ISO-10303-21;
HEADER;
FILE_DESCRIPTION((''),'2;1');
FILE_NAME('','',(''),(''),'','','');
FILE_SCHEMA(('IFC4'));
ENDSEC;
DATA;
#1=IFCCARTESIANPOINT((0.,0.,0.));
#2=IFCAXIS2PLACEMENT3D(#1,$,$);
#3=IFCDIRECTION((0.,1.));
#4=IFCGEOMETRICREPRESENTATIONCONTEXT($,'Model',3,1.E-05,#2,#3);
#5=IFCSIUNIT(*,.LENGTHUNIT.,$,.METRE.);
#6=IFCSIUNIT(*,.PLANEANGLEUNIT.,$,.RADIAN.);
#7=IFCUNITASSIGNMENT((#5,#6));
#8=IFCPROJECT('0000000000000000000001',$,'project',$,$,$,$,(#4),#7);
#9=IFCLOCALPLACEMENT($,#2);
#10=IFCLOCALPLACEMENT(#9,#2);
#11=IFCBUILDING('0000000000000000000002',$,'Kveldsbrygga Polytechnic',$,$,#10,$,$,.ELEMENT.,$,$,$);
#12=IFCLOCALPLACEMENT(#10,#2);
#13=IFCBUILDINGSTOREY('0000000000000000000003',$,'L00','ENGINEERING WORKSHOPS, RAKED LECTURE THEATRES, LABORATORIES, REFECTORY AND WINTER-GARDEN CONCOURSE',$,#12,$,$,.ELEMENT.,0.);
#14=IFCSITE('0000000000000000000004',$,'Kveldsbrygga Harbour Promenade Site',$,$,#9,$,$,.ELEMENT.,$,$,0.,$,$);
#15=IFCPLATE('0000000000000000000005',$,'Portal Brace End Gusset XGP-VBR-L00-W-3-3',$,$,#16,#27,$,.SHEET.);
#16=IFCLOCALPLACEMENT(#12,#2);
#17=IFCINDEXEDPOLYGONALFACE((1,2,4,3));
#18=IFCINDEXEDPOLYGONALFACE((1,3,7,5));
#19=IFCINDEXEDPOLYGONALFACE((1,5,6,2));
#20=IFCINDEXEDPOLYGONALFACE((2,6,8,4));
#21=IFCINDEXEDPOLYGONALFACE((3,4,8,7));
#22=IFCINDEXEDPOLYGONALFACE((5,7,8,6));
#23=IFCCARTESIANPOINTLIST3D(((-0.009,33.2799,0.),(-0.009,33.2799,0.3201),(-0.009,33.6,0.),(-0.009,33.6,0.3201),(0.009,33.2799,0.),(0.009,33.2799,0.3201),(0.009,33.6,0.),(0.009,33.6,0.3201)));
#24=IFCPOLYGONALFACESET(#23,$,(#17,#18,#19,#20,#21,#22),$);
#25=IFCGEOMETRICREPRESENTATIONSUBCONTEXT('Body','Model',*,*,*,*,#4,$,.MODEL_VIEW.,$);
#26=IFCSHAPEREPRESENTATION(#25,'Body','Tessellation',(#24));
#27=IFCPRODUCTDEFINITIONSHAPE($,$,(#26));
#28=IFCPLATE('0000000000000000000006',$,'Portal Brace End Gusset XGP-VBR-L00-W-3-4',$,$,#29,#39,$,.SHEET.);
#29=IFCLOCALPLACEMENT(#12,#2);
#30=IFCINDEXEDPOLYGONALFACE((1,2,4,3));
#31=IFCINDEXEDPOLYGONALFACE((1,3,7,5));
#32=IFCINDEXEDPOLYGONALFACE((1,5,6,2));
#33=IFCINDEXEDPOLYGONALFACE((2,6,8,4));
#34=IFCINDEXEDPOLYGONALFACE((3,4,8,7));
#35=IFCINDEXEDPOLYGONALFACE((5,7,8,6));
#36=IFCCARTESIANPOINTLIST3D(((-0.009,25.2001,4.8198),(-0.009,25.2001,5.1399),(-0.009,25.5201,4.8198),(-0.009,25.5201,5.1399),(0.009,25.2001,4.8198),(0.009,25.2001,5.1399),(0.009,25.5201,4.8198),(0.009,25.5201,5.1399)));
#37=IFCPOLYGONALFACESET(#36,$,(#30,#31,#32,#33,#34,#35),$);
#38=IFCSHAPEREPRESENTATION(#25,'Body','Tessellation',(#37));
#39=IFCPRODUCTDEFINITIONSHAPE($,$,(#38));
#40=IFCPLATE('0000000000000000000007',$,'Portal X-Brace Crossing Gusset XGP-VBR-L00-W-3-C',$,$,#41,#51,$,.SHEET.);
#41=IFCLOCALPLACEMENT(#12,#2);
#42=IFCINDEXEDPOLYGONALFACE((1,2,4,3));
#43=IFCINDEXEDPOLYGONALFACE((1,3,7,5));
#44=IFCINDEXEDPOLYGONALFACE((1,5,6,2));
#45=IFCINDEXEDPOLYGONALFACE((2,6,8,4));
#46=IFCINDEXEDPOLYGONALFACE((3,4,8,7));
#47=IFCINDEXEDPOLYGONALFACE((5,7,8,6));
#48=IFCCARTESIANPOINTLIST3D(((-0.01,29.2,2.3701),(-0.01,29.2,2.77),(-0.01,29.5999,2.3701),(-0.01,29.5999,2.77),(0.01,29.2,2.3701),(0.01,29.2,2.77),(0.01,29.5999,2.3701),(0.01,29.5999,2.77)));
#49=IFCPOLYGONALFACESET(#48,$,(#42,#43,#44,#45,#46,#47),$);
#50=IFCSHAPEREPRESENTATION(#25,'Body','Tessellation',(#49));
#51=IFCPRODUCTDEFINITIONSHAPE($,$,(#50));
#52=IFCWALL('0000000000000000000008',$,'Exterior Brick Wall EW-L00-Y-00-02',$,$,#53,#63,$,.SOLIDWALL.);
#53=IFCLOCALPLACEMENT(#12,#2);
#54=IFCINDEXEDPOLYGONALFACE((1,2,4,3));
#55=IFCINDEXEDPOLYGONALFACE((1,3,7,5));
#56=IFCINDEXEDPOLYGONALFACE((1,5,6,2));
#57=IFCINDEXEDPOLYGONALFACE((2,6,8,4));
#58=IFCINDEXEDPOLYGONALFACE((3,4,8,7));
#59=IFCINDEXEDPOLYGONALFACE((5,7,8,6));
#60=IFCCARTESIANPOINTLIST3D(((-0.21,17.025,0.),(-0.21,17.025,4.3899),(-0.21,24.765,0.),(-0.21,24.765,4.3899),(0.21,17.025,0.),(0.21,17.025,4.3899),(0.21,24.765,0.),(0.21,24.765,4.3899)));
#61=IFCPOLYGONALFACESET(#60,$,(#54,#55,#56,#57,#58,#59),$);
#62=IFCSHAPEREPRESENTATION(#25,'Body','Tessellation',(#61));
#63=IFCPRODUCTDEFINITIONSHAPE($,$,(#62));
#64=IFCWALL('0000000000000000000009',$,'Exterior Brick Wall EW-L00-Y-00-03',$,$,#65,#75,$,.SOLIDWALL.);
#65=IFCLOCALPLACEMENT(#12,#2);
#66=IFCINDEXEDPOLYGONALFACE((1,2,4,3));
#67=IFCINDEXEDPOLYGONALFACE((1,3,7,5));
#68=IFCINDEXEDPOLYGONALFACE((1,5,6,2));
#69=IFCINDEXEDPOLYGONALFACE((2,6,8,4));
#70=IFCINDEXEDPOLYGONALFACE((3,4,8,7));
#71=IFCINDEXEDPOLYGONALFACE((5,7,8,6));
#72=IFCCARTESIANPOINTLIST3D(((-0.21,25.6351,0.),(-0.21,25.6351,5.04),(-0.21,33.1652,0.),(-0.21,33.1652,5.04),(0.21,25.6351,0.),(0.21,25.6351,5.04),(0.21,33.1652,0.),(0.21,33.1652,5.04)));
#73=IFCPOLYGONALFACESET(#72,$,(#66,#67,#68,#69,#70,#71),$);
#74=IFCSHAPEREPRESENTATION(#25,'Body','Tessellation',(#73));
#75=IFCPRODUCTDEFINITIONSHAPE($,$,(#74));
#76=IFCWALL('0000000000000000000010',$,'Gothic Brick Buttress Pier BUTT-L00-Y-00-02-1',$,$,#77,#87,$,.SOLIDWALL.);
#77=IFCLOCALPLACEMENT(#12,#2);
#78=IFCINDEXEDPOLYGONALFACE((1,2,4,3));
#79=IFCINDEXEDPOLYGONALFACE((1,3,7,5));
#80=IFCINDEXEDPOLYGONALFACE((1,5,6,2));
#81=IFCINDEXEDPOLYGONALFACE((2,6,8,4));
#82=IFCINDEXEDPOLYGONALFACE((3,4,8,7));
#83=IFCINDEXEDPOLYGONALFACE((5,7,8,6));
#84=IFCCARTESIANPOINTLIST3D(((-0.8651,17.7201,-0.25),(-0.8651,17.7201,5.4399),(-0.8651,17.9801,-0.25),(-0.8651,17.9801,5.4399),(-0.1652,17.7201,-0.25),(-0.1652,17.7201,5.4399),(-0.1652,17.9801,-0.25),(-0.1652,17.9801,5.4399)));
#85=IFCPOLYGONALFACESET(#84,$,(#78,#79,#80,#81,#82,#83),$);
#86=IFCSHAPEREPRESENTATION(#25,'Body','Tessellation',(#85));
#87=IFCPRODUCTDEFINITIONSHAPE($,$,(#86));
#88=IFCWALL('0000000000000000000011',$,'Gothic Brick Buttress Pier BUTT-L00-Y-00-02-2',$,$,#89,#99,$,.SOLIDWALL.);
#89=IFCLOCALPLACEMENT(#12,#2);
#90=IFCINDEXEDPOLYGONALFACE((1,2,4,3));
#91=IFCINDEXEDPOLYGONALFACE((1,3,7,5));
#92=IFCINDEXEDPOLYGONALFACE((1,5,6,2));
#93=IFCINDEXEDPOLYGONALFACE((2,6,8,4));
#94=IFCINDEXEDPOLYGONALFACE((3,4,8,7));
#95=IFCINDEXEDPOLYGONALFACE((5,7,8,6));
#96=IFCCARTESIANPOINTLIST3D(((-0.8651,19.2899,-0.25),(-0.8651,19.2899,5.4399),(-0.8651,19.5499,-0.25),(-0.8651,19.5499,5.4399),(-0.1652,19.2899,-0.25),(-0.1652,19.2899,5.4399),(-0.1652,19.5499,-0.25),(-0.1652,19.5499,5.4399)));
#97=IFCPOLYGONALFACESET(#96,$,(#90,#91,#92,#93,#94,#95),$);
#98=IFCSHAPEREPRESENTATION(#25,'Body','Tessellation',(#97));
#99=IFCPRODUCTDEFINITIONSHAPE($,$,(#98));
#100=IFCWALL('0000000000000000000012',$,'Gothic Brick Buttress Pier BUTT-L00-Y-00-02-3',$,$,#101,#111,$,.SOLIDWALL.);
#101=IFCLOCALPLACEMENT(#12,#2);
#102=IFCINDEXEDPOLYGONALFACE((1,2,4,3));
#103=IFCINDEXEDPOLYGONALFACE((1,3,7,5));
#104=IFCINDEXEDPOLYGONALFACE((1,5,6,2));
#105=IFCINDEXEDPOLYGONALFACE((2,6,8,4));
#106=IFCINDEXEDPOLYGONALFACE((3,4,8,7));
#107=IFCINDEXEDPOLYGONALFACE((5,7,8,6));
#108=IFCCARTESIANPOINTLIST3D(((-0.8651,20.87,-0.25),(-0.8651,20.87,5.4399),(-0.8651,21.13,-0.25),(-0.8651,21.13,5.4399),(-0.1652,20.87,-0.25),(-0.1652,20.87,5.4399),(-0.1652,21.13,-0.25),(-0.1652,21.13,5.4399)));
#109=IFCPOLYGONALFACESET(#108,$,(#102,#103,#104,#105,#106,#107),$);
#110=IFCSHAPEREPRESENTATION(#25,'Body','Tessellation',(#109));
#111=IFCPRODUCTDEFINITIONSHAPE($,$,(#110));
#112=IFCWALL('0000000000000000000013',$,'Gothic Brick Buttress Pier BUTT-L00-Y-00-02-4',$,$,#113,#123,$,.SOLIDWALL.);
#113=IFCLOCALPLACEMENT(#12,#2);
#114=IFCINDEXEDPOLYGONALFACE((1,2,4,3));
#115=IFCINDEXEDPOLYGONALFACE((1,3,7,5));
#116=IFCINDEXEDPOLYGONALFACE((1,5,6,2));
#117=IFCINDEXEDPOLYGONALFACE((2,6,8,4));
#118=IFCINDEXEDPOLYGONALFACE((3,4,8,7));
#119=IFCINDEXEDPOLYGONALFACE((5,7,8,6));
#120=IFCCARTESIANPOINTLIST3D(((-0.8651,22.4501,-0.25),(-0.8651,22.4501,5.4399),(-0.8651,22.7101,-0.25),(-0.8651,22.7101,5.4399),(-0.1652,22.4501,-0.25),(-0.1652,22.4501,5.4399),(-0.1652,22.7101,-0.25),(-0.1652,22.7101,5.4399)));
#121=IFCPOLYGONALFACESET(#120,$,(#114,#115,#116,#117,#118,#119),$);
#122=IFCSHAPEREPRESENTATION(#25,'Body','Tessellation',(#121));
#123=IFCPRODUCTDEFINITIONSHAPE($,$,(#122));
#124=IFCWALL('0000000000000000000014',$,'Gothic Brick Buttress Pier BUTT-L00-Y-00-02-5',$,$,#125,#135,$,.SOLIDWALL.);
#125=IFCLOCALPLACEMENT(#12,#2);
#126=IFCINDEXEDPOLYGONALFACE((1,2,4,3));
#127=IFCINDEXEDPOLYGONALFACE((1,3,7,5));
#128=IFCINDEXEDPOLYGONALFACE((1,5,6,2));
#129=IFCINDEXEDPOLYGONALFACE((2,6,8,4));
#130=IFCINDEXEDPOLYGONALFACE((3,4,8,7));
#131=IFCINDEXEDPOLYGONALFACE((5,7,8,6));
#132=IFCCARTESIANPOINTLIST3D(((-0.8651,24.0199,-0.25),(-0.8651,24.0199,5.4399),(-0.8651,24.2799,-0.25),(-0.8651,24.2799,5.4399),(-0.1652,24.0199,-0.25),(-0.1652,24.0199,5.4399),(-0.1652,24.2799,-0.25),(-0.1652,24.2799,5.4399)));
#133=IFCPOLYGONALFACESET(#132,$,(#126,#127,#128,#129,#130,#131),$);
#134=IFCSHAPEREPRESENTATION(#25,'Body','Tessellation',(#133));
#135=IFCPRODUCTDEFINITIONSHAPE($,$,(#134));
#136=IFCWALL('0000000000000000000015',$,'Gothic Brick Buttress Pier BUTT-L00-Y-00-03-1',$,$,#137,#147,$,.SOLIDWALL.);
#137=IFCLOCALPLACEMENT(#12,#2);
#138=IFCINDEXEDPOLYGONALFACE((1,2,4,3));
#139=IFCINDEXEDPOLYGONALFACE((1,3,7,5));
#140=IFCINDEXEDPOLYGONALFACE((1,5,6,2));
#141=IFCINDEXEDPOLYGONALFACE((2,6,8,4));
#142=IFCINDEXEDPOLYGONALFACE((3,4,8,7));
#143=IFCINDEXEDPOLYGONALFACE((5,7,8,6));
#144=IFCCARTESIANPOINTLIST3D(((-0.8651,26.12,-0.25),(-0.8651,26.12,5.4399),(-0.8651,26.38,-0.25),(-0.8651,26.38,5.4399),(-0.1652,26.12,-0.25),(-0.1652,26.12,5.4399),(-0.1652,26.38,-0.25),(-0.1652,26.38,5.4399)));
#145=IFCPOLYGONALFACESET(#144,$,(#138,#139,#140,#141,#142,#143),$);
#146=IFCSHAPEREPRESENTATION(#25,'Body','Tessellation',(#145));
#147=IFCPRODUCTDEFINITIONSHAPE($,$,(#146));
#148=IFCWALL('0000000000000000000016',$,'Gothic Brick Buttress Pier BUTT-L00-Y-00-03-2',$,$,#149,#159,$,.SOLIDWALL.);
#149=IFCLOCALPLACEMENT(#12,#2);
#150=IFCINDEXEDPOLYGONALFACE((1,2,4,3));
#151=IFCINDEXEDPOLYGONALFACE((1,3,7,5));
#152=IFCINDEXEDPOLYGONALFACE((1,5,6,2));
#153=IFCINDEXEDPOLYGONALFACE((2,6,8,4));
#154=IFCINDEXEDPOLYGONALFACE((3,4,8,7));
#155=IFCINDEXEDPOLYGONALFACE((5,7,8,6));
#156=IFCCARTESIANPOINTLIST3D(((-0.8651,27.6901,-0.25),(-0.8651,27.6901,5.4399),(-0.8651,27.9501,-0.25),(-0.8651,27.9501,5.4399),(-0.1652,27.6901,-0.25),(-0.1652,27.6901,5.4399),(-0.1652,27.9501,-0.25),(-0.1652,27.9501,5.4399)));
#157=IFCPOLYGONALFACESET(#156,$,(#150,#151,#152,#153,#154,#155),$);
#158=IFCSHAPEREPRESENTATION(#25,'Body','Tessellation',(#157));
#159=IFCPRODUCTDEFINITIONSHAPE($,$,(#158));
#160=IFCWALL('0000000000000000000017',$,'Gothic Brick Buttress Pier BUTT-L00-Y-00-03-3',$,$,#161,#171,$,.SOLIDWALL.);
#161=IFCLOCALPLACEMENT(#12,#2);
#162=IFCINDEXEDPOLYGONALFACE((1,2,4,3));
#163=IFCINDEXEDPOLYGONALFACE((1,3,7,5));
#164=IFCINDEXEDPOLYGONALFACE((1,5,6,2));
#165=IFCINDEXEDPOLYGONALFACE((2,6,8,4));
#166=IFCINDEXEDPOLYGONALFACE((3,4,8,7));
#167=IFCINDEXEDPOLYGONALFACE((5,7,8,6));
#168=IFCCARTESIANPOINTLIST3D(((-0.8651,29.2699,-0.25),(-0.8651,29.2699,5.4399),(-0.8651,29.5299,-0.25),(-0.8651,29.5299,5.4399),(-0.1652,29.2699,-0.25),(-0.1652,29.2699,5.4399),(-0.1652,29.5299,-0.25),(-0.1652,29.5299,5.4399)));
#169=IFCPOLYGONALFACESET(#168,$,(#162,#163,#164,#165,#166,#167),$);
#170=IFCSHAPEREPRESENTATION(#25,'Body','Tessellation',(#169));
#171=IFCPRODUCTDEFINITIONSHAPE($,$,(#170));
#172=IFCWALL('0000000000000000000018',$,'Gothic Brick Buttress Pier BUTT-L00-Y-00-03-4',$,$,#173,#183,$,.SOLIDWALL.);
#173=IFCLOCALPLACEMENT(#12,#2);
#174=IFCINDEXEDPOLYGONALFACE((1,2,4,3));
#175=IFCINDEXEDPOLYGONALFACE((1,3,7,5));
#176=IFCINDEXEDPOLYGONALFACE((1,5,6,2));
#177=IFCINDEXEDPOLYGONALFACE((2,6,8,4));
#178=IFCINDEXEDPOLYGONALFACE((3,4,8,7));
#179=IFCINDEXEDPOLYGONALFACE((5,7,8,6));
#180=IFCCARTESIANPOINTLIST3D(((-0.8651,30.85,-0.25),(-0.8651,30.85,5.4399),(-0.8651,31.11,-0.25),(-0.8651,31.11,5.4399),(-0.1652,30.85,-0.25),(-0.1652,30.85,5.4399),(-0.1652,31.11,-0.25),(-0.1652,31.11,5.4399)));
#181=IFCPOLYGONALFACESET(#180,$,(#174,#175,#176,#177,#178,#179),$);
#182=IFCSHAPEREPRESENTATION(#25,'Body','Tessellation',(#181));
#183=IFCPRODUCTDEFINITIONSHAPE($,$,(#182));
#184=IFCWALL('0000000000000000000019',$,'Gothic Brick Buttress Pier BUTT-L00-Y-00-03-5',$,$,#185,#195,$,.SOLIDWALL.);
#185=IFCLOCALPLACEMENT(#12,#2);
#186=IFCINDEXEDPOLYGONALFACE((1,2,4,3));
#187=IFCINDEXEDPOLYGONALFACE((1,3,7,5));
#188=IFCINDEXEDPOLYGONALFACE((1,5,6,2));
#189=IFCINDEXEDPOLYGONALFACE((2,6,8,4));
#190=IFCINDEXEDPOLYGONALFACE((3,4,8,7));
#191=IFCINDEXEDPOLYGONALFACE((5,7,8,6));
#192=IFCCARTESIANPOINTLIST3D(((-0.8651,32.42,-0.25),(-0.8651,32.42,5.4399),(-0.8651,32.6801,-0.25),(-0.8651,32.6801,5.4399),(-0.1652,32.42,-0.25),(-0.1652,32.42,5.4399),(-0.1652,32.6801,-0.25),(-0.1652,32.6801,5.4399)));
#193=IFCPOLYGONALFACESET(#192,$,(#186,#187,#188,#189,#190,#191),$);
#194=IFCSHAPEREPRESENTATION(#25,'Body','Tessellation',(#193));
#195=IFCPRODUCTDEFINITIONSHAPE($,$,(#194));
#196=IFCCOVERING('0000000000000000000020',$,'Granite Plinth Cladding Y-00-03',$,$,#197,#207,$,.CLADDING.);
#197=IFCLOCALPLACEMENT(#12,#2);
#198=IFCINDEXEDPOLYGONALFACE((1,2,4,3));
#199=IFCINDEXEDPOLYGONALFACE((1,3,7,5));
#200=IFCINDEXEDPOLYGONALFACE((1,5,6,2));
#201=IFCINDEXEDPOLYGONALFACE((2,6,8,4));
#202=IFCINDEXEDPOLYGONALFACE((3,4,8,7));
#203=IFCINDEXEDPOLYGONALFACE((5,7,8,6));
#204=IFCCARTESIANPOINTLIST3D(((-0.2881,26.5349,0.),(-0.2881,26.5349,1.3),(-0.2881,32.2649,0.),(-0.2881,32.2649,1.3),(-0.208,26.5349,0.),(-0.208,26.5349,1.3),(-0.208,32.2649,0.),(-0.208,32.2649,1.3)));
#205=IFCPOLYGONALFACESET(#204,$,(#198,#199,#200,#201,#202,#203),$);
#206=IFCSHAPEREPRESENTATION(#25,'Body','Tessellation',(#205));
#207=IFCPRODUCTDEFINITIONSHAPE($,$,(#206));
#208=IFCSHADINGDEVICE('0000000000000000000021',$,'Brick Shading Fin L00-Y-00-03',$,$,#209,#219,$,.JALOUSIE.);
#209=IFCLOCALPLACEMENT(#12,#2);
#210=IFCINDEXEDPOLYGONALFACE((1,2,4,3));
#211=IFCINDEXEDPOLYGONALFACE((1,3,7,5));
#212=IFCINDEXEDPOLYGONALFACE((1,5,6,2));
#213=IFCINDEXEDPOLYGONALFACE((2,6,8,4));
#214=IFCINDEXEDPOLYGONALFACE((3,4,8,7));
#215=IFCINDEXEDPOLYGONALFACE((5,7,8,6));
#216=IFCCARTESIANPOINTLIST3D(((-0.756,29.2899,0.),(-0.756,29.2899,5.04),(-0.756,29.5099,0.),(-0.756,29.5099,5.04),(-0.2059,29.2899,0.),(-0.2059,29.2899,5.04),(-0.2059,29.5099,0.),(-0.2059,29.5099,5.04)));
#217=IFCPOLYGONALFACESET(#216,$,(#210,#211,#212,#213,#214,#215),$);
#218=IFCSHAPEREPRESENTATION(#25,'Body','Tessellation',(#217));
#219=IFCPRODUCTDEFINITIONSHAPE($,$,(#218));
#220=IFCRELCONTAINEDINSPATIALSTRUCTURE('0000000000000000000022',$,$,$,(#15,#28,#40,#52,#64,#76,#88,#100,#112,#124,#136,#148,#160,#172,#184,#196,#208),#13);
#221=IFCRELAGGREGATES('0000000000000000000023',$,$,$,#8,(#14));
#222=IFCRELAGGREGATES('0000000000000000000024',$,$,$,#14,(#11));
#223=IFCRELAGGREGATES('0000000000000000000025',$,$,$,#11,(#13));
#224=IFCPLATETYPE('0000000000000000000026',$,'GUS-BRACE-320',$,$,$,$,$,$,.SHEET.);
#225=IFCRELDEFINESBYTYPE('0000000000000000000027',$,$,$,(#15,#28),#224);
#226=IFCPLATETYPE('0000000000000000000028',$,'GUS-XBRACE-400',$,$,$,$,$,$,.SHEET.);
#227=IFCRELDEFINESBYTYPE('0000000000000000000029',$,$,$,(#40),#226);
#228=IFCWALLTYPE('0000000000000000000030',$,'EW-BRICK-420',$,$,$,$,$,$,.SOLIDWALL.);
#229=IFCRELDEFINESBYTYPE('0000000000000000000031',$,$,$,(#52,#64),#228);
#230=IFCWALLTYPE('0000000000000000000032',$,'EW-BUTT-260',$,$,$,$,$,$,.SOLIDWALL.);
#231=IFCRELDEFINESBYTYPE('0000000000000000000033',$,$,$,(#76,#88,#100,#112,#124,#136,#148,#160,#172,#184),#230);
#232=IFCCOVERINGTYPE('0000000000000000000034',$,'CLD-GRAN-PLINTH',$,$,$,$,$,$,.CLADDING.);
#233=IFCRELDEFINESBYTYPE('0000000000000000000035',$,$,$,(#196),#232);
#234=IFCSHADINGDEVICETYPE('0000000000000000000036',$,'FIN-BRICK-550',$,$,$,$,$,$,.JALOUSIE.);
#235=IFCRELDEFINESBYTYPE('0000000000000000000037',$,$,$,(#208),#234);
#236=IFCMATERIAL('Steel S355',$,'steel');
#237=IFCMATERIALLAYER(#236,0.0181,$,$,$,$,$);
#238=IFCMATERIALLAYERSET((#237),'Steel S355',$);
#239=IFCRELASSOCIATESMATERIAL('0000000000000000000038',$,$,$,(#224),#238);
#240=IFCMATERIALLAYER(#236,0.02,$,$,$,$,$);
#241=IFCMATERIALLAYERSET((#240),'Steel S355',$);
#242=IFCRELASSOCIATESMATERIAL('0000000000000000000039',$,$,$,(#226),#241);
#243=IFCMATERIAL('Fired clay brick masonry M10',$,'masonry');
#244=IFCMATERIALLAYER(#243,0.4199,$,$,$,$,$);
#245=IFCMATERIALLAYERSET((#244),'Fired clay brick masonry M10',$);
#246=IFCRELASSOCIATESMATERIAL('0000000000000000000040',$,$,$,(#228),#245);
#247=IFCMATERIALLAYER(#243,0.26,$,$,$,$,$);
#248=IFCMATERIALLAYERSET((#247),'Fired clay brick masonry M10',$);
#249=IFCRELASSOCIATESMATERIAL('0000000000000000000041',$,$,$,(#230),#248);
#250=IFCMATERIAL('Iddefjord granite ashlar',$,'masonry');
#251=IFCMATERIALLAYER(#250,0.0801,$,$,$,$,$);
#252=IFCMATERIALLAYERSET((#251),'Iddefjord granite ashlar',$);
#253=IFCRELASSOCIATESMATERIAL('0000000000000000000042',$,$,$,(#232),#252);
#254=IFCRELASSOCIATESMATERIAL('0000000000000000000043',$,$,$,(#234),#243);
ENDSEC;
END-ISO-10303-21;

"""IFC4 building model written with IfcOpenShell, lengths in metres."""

from ifc_helpers import new_model, si_unit, direction, frame, frame_2d, origin, origin_2d, place, context, subcontext, project, spatial, rectangle, extrude, material, layer, layer_set, type_object, element, save


model = new_model("IFC4")

# Units and contexts
model_context = context("Model", 3, precision=1e-05, world=origin(), true_north=direction((0.0, 1.0)))
body_context = subcontext(model_context, "Body", "Model", "MODEL_VIEW")
ifc_project = project(units=[si_unit("LENGTHUNIT", "METRE"), si_unit("PLANEANGLEUNIT", "RADIAN")], contexts=[model_context])

# Site, building, storey
site_placement = place(None, origin())
site = spatial("IfcSite", under=ifc_project, at=site_placement, Name="Kveldsbrygga Harbour Promenade Site", CompositionType="ELEMENT", RefElevation=0.0)
building_placement = place(site_placement, origin())
building = spatial("IfcBuilding", under=site, at=building_placement, Name="Kveldsbrygga Polytechnic", CompositionType="ELEMENT")
storey_placement = place(building_placement, origin())
storey = spatial("IfcBuildingStorey", under=building, at=storey_placement, Name="L00", Description="ENGINEERING WORKSHOPS, RAKED LECTURE THEATRES, LABORATORIES, REFECTORY AND WINTER-GARDEN CONCOURSE", CompositionType="ELEMENT", Elevation=0.0)

# Shared definitions
ifc_material_1 = material(Name="Steel S355", Category="steel")

# Plates
ifc_layer_1 = layer(ifc_material_1, 0.0181)
ifc_layer_set_1 = layer_set([ifc_layer_1], Name="Steel S355")
plate_type_1 = type_object("IfcPlateType", Name="GUS-BRACE-320", PredefinedType="SHEET", material=ifc_layer_set_1)
for number, where, z_axis, x_axis, name in (
    (1, (0.0, 33.4399, 0.0), (0.0, 0.0, 1.0), (1.0, 0.0, 0.0), "Portal Brace End Gusset XGP-VBR-L00-W-3-3"),
    (2, (0.0, 25.3601, 4.8198), (0.0, 0.0, 1.0), (1.0, 0.0, 0.0), "Portal Brace End Gusset XGP-VBR-L00-W-3-4"),
):
    element("IfcPlate", number, at=place(storey_placement, frame(where, z_axis=z_axis, x_axis=x_axis)), inside=storey, type_object=plate_type_1, Name=name, PredefinedType="SHEET", context=body_context, shape_type="SweptSolid", body=[
        extrude(rectangle(XDim=0.0181, YDim=0.3201, at=origin_2d()), origin(), (0.0, 0.0, 1.0), 0.3201),
    ])
ifc_layer_2 = layer(ifc_material_1, 0.02)
ifc_layer_set_2 = layer_set([ifc_layer_2], Name="Steel S355")
plate_type_2 = type_object("IfcPlateType", Name="GUS-XBRACE-400", PredefinedType="SHEET", material=ifc_layer_set_2)
plate_placement = place(storey_placement, frame((0.0, 29.3999, 2.3701), z_axis=(0.0, 0.0, 1.0), x_axis=(1.0, 0.0, 0.0)))
element("IfcPlate", 3, at=plate_placement, inside=storey, type_object=plate_type_2, Name="Portal X-Brace Crossing Gusset XGP-VBR-L00-W-3-C", PredefinedType="SHEET", context=body_context, shape_type="SweptSolid", body=[
    extrude(rectangle(XDim=0.02, YDim=0.3999, at=origin_2d()), origin(), (0.0, 0.0, 1.0), 0.3999),
])

# Walls
ifc_material_2 = material(Name="Fired clay brick masonry M10", Category="masonry")
ifc_layer_3 = layer(ifc_material_2, 0.4199)
ifc_layer_set_3 = layer_set([ifc_layer_3], Name="Fired clay brick masonry M10")
wall_type_1 = type_object("IfcWallType", Name="EW-BRICK-420", PredefinedType="SOLIDWALL", material=ifc_layer_set_3)
wall_1_placement = place(storey_placement, frame((0.0, 17.0249, 0.0), z_axis=(0.0, 0.0, 1.0), x_axis=(0.0, 1.0, 0.0)))
element("IfcWall", 4, at=wall_1_placement, inside=storey, type_object=wall_type_1, Name="Exterior Brick Wall EW-L00-Y-00-02", PredefinedType="SOLIDWALL", context=body_context, shape_type="SweptSolid", body=[
    extrude(rectangle(XDim=7.74, YDim=0.4199, at=frame_2d((3.8701, 0.0))), origin(), (0.0, 0.0, 1.0), 4.3899),
])
wall_2_placement = place(storey_placement, frame((0.0, 25.635, 0.0), z_axis=(0.0, 0.0, 1.0), x_axis=(0.0, 1.0, 0.0)))
element("IfcWall", 5, at=wall_2_placement, inside=storey, type_object=wall_type_1, Name="Exterior Brick Wall EW-L00-Y-00-03", PredefinedType="SOLIDWALL", context=body_context, shape_type="SweptSolid", body=[
    extrude(rectangle(XDim=7.53, YDim=0.4199, at=frame_2d((3.7651, 0.0))), origin(), (0.0, 0.0, 1.0), 5.04),
])
ifc_layer_4 = layer(ifc_material_2, 0.26)
ifc_layer_set_4 = layer_set([ifc_layer_4], Name="Fired clay brick masonry M10")
wall_type_2 = type_object("IfcWallType", Name="EW-BUTT-260", PredefinedType="SOLIDWALL", material=ifc_layer_set_4)
for number, where, z_axis, x_axis, name in (
    (6, (-0.165, 17.8501, -0.25), (0.0, 0.0, 1.0), (-1.0, 0.0, 0.0), "Gothic Brick Buttress Pier BUTT-L00-Y-00-02-1"),
    (7, (-0.165, 19.4199, -0.25), (0.0, 0.0, 1.0), (-1.0, 0.0, 0.0), "Gothic Brick Buttress Pier BUTT-L00-Y-00-02-2"),
    (8, (-0.165, 21.0, -0.25), (0.0, 0.0, 1.0), (-1.0, 0.0, 0.0), "Gothic Brick Buttress Pier BUTT-L00-Y-00-02-3"),
    (9, (-0.165, 22.5801, -0.25), (0.0, 0.0, 1.0), (-1.0, 0.0, 0.0), "Gothic Brick Buttress Pier BUTT-L00-Y-00-02-4"),
    (10, (-0.165, 24.1499, -0.25), (0.0, 0.0, 1.0), (-1.0, 0.0, 0.0), "Gothic Brick Buttress Pier BUTT-L00-Y-00-02-5"),
    (11, (-0.165, 26.25, -0.25), (0.0, 0.0, 1.0), (-1.0, 0.0, 0.0), "Gothic Brick Buttress Pier BUTT-L00-Y-00-03-1"),
    (12, (-0.165, 27.8201, -0.25), (0.0, 0.0, 1.0), (-1.0, 0.0, 0.0), "Gothic Brick Buttress Pier BUTT-L00-Y-00-03-2"),
    (13, (-0.165, 29.3999, -0.25), (0.0, 0.0, 1.0), (-1.0, 0.0, 0.0), "Gothic Brick Buttress Pier BUTT-L00-Y-00-03-3"),
    (14, (-0.165, 30.98, -0.25), (0.0, 0.0, 1.0), (-1.0, 0.0, 0.0), "Gothic Brick Buttress Pier BUTT-L00-Y-00-03-4"),
    (15, (-0.165, 32.55, -0.25), (0.0, 0.0, 1.0), (-1.0, 0.0, 0.0), "Gothic Brick Buttress Pier BUTT-L00-Y-00-03-5"),
):
    element("IfcWall", number, at=place(storey_placement, frame(where, z_axis=z_axis, x_axis=x_axis)), inside=storey, type_object=wall_type_2, Name=name, PredefinedType="SOLIDWALL", context=body_context, shape_type="SweptSolid", body=[
        extrude(rectangle(XDim=0.7, YDim=0.26, at=frame_2d((0.3501, 0.0))), origin(), (0.0, 0.0, 1.0), 5.6899),
    ])

# Covering
ifc_material_3 = material(Name="Iddefjord granite ashlar", Category="masonry")
ifc_layer_5 = layer(ifc_material_3, 0.0801)
ifc_layer_set_5 = layer_set([ifc_layer_5], Name="Iddefjord granite ashlar")
covering_type = type_object("IfcCoveringType", Name="CLD-GRAN-PLINTH", PredefinedType="CLADDING", material=ifc_layer_set_5)
covering_placement = place(storey_placement, frame((-0.248, 29.3999, 0.0), z_axis=(0.0, 0.0, 1.0), x_axis=(0.0, 1.0, 0.0)))
element("IfcCovering", 16, at=covering_placement, inside=storey, type_object=covering_type, Name="Granite Plinth Cladding Y-00-03", PredefinedType="CLADDING", context=body_context, shape_type="SweptSolid", body=[
    extrude(rectangle(XDim=5.73, YDim=0.0801, at=origin_2d()), origin(), (0.0, 0.0, 1.0), 1.3),
])

# Shading device
shading_device_type = type_object("IfcShadingDeviceType", Name="FIN-BRICK-550", PredefinedType="JALOUSIE", material=ifc_material_2)
shading_device_placement = place(storey_placement, frame((-0.481, 29.3999, 0.0), z_axis=(0.0, 0.0, 1.0), x_axis=(0.0, 1.0, 0.0)))
element("IfcShadingDevice", 17, at=shading_device_placement, inside=storey, type_object=shading_device_type, Name="Brick Shading Fin L00-Y-00-03", PredefinedType="JALOUSIE", context=body_context, shape_type="SweptSolid", body=[
    extrude(rectangle(XDim=0.22, YDim=0.55, at=origin_2d()), origin(), (0.0, 0.0, 1.0), 5.04),
])

save(model, "model.ifc")
